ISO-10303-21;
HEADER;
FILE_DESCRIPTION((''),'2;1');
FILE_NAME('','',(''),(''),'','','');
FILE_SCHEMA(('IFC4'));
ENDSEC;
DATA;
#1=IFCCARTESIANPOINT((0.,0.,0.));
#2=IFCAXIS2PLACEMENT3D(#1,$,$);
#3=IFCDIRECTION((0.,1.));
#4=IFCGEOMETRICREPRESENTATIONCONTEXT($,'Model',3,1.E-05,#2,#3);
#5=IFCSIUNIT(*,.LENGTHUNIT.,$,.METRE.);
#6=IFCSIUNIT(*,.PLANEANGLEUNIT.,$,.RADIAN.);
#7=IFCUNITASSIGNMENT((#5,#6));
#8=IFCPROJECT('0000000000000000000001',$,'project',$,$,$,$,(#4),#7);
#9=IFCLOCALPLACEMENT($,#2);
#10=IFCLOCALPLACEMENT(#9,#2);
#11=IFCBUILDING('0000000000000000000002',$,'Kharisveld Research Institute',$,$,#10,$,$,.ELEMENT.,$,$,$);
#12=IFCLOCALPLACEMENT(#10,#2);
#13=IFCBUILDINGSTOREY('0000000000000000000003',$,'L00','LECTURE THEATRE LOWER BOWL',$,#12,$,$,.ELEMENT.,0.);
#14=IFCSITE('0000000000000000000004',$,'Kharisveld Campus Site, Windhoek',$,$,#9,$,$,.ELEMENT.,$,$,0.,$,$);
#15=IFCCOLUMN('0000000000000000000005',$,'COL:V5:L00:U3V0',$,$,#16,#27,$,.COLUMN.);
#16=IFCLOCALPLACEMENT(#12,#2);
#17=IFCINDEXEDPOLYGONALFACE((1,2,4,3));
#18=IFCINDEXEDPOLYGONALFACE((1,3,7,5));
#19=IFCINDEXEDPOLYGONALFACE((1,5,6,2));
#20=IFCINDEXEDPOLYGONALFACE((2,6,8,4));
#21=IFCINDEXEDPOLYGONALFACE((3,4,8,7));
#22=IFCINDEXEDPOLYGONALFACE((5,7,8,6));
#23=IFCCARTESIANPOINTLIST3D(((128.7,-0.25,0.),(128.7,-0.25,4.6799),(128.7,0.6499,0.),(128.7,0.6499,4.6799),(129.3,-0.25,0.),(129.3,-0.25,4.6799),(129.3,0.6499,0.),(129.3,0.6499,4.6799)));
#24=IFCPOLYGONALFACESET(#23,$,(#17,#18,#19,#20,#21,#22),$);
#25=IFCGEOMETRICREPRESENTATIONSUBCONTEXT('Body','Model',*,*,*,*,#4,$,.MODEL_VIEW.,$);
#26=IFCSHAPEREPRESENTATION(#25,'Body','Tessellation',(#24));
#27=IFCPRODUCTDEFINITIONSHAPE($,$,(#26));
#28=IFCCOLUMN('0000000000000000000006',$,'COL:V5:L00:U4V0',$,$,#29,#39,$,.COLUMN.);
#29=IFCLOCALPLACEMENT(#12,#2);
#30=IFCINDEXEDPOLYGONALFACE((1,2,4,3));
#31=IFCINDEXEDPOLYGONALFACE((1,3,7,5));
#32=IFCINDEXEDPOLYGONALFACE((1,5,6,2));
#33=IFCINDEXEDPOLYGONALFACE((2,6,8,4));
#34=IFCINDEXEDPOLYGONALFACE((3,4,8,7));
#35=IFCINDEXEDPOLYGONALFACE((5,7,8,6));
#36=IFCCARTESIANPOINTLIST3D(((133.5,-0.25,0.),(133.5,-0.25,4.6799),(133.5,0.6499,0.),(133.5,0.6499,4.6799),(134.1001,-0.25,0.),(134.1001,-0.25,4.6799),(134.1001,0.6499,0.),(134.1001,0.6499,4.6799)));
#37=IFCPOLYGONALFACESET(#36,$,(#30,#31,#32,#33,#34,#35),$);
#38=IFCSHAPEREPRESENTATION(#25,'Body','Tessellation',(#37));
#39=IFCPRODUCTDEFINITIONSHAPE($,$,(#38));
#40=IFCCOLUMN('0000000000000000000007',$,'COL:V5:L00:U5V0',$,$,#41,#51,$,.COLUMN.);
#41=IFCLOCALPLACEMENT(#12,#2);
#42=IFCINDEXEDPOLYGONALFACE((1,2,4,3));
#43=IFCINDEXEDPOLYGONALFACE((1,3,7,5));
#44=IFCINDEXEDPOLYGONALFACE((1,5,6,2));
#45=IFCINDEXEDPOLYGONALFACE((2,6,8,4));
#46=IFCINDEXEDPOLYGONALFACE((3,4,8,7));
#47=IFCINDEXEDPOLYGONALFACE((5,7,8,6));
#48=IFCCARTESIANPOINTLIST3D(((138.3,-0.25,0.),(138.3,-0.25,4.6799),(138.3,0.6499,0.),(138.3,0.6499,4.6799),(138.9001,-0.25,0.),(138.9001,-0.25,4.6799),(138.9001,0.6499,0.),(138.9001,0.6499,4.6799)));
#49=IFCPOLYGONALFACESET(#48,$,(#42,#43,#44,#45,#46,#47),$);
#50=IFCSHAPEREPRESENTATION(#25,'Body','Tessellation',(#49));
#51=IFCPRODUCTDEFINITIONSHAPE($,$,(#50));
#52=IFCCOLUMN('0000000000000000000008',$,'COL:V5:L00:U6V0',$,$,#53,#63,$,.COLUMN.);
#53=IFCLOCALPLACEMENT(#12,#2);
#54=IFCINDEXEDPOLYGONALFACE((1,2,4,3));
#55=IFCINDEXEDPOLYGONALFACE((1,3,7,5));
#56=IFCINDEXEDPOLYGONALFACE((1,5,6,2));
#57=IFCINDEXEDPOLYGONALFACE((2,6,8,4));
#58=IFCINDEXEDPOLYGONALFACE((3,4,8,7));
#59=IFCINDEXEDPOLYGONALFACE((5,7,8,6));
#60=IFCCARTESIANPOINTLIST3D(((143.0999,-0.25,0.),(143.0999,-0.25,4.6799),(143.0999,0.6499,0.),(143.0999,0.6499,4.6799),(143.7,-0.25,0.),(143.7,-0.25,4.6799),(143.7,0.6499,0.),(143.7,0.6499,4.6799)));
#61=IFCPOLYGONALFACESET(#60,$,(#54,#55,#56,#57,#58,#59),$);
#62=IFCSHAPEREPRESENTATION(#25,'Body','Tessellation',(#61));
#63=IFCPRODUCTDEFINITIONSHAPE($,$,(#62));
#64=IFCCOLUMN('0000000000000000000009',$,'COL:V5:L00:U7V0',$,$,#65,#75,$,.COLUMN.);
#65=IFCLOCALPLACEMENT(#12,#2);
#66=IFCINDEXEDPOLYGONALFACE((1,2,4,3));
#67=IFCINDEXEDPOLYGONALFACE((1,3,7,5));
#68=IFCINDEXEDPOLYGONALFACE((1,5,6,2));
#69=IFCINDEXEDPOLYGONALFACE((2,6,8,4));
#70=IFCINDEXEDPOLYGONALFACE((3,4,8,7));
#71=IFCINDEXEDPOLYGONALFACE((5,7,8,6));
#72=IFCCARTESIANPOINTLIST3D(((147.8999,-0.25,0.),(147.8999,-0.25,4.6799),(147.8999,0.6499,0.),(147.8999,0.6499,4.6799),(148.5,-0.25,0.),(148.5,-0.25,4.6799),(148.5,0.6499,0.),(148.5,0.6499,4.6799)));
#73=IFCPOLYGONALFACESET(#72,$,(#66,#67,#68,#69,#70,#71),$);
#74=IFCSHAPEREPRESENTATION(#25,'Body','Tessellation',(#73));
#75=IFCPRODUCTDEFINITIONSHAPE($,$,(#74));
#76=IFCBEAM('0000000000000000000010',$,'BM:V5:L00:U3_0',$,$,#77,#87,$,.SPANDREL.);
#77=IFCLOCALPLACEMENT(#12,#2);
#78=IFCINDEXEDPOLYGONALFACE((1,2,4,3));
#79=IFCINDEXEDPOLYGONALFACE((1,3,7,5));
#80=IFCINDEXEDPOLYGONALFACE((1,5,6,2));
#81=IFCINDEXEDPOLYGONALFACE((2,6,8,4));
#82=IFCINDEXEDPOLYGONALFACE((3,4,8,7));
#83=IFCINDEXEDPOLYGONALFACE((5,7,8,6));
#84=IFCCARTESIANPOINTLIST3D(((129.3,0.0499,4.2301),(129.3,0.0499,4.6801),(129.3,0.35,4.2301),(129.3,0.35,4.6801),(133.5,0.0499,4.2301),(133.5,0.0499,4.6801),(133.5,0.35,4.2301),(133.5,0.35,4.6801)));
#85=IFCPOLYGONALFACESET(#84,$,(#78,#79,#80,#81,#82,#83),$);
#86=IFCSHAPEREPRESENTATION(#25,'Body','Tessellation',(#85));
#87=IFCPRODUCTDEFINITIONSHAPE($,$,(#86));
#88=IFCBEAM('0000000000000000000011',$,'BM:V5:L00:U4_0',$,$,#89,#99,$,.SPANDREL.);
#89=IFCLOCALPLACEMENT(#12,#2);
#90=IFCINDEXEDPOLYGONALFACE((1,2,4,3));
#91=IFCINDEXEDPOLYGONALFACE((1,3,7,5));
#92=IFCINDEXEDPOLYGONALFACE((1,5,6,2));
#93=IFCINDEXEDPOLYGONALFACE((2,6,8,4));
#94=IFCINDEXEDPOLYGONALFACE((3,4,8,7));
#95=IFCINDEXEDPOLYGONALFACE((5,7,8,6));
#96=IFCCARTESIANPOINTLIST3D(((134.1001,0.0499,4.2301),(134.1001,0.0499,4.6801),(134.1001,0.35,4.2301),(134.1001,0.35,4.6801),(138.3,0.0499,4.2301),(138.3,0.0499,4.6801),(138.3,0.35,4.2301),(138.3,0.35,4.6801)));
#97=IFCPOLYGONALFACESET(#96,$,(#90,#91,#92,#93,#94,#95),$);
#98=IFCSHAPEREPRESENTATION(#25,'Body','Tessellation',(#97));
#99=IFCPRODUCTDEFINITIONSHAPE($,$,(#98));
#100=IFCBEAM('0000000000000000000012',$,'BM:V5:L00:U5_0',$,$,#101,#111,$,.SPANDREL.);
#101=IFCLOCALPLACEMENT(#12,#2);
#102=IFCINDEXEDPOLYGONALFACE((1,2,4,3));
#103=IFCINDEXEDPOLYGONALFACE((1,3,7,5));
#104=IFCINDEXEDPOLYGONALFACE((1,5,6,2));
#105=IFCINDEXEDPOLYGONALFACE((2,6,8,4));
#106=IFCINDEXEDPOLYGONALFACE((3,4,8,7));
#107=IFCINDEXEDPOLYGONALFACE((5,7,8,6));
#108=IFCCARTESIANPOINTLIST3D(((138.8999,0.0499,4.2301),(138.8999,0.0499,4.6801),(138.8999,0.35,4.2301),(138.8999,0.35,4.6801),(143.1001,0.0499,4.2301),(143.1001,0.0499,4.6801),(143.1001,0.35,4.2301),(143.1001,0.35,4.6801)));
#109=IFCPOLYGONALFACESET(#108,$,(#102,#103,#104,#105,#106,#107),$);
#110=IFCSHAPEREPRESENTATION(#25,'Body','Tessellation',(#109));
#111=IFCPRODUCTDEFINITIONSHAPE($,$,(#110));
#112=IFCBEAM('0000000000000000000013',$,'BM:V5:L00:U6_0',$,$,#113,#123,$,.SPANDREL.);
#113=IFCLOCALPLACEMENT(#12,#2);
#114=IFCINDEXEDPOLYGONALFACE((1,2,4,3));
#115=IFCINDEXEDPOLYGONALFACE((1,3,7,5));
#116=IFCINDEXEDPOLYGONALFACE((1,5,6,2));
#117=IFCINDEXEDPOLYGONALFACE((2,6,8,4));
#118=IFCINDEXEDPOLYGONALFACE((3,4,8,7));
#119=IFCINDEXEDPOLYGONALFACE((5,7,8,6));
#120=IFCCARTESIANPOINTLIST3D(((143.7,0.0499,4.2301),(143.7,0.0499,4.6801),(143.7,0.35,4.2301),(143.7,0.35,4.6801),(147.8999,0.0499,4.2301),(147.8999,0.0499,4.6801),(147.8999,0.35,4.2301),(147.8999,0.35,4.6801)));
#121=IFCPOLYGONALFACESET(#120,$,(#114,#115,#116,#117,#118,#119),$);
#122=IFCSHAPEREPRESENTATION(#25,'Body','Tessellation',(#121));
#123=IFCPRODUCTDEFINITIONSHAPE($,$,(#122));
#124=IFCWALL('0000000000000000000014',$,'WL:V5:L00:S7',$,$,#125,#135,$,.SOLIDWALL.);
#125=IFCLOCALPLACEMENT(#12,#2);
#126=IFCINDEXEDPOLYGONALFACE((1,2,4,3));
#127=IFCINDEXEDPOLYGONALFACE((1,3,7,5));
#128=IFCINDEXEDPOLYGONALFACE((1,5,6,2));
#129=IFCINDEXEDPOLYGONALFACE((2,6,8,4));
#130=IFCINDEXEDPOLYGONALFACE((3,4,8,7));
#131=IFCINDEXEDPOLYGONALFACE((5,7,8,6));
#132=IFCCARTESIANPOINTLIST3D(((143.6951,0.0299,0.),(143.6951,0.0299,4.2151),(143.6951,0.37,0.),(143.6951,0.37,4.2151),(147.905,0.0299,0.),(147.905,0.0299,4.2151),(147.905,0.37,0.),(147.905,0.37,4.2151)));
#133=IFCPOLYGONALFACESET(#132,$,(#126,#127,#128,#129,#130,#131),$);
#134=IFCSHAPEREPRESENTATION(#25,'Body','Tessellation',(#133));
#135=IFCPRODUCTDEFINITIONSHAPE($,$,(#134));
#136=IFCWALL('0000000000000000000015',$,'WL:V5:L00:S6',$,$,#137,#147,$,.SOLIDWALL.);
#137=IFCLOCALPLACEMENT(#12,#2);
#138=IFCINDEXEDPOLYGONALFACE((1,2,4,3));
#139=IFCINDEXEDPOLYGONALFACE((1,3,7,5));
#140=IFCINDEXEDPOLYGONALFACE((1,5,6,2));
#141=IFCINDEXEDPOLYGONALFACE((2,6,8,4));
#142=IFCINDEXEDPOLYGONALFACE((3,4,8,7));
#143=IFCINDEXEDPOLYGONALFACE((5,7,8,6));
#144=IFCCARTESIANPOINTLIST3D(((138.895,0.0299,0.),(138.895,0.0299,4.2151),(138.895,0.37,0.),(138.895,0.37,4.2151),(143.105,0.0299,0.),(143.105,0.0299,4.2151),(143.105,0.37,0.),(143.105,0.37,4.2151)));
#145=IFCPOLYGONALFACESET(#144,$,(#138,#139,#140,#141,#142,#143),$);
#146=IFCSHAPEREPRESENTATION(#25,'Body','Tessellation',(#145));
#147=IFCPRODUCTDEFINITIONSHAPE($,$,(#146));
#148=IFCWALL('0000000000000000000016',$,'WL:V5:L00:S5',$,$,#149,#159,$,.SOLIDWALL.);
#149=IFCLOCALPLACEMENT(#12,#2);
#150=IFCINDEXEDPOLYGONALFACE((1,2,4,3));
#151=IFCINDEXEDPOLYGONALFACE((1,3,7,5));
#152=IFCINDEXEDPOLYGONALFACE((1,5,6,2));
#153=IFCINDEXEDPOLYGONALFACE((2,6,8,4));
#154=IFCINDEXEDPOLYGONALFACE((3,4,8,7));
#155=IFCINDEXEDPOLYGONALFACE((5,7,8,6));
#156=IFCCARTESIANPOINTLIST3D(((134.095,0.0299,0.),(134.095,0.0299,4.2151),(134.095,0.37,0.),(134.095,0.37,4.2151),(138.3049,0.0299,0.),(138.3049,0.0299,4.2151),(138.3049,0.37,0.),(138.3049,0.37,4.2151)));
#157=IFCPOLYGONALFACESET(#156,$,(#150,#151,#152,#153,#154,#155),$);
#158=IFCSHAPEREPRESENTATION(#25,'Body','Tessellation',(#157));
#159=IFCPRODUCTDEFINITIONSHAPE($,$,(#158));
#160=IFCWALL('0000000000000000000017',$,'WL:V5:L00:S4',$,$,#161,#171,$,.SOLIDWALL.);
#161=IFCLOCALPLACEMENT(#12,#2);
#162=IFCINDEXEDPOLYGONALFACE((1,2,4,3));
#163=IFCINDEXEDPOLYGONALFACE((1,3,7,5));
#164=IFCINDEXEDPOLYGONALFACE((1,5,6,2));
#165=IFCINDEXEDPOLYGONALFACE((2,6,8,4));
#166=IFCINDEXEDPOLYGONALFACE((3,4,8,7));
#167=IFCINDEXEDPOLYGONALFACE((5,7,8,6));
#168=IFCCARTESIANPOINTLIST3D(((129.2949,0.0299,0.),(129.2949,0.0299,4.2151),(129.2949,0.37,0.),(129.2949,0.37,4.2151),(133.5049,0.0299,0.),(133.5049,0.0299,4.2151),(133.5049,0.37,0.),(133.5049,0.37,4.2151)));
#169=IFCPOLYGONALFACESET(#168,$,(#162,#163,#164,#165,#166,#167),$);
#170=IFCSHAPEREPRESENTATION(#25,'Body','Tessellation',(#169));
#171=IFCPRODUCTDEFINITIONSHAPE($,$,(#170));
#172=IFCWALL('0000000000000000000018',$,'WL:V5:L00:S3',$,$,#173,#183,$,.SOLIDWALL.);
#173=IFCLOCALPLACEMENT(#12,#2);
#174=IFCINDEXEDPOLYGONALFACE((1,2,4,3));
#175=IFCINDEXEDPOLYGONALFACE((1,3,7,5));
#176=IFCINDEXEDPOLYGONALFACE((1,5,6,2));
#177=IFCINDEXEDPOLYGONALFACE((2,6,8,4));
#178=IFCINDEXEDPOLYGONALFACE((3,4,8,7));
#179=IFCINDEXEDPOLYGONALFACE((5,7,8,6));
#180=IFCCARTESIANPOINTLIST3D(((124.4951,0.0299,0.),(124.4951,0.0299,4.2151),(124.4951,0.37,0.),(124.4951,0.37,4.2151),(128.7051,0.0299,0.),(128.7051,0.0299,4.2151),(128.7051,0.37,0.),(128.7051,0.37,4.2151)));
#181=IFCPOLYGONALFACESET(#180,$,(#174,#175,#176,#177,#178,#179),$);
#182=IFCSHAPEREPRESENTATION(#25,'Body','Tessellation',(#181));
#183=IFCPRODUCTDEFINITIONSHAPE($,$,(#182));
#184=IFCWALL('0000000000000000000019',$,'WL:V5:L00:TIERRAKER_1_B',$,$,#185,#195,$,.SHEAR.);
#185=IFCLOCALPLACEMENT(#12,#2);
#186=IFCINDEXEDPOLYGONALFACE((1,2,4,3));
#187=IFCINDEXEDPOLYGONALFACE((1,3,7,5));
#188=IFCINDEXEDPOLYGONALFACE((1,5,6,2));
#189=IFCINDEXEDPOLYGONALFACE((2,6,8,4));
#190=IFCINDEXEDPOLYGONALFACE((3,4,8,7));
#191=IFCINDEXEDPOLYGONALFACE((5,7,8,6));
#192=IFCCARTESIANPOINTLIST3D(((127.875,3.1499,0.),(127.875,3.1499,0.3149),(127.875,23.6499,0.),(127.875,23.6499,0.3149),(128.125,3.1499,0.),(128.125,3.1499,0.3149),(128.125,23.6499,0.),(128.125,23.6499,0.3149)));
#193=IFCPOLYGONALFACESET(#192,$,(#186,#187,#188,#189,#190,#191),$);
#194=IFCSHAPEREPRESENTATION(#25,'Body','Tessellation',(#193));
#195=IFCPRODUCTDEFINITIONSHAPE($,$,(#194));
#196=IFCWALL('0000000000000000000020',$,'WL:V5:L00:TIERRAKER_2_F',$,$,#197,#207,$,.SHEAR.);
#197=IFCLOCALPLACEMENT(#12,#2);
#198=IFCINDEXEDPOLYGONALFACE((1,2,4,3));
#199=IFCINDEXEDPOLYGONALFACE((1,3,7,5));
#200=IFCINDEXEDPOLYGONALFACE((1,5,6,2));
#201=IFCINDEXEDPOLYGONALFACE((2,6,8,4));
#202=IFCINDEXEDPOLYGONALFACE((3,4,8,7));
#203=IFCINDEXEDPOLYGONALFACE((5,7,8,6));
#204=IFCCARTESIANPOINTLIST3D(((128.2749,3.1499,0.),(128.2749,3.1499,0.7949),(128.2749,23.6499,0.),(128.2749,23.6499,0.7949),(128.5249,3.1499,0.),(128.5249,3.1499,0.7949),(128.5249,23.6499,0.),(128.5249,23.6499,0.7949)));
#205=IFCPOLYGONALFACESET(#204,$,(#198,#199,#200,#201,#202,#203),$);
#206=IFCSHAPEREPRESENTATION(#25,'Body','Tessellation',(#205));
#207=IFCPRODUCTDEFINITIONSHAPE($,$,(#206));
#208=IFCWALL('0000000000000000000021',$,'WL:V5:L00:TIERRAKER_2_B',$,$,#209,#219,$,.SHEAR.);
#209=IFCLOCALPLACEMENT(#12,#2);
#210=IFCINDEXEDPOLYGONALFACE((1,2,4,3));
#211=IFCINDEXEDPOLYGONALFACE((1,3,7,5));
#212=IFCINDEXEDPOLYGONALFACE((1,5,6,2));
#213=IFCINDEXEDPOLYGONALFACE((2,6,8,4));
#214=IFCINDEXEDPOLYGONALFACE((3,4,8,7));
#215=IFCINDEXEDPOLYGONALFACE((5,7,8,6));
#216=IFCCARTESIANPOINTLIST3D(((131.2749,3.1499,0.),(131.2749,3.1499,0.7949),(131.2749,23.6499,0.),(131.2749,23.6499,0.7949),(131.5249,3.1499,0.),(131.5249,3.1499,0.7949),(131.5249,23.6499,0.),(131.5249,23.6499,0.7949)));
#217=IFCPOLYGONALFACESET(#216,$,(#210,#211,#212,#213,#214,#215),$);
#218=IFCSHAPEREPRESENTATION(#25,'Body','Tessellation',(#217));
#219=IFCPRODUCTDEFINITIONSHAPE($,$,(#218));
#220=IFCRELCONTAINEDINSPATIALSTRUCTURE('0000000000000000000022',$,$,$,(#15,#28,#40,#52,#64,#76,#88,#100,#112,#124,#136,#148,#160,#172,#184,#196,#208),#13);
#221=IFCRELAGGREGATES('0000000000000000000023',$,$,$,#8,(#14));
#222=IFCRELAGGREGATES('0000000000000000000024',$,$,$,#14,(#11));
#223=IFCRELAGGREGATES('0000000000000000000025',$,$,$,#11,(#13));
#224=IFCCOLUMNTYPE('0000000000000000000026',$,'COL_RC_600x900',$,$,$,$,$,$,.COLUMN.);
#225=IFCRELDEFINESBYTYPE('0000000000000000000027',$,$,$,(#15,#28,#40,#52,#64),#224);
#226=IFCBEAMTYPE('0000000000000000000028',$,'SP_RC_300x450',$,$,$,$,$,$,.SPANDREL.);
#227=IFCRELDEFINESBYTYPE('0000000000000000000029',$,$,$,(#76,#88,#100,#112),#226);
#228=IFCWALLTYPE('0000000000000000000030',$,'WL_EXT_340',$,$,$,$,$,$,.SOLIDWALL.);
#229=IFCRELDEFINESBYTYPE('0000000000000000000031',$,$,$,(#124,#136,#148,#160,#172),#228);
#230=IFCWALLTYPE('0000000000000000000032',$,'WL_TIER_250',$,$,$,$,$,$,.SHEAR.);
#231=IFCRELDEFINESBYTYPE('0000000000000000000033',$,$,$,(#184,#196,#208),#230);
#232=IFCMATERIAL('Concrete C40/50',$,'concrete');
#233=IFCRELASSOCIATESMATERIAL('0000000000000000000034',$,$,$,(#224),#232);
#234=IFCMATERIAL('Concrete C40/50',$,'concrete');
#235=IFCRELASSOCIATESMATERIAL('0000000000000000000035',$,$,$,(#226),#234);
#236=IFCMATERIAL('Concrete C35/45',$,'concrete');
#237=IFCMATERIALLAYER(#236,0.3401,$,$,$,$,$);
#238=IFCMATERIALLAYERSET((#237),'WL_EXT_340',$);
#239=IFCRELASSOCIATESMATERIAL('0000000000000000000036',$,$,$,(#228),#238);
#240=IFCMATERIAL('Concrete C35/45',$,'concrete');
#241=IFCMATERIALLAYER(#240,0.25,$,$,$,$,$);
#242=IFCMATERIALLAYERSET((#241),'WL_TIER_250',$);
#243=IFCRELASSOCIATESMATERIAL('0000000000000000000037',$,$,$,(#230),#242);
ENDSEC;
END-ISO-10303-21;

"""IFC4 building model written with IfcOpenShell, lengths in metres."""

from ifc_helpers import new_model, si_unit, direction, frame, frame_2d, origin, origin_2d, place, context, subcontext, project, spatial, rectangle, extrude, material, layer, layer_set, material_profile, profile_set, type_object, element, save


model = new_model("IFC4")

# Units and contexts
model_context = context("Model", 3, precision=1e-05, world=origin(), true_north=direction((0.0, 1.0)))
body_context = subcontext(model_context, "Body", "Model", "MODEL_VIEW")
ifc_project = project(units=[si_unit("LENGTHUNIT", "METRE"), si_unit("PLANEANGLEUNIT", "RADIAN")], contexts=[model_context])

# Site, building, storey
site_placement = place(None, origin())
site = spatial("IfcSite", under=ifc_project, at=site_placement, Name="Kharisveld Campus Site, Windhoek", CompositionType="ELEMENT", RefElevation=0.0)
building_placement = place(site_placement, origin())
building = spatial("IfcBuilding", under=site, at=building_placement, Name="Kharisveld Research Institute", CompositionType="ELEMENT")
storey_placement = place(building_placement, origin())
storey = spatial("IfcBuildingStorey", under=building, at=storey_placement, Name="L00", Description="LECTURE THEATRE LOWER BOWL", CompositionType="ELEMENT", Elevation=0.0)

# Columns
ifc_material_1 = material(Name="Concrete C40/50", Category="concrete")
ifc_material_profile_1 = material_profile(ifc_material_1, rectangle(XDim=0.6001, YDim=0.8999, at=origin_2d()))
ifc_profile_set_1 = profile_set([ifc_material_profile_1], Name="Concrete C40/50")
column_type = type_object("IfcColumnType", Name="COL_RC_600x900", PredefinedType="COLUMN", material=ifc_profile_set_1)
for number, where, z_axis, x_axis, name in (
    (1, (129.0, 0.2, 0.0), (0.0, 0.0, 1.0), (1.0, 0.0, 0.0), "COL:V5:L00:U3V0"),
    (2, (133.8, 0.2, 0.0), (0.0, 0.0, 1.0), (1.0, 0.0, 0.0), "COL:V5:L00:U4V0"),
    (3, (138.6001, 0.2, 0.0), (0.0, 0.0, 1.0), (1.0, 0.0, 0.0), "COL:V5:L00:U5V0"),
    (4, (143.3999, 0.2, 0.0), (0.0, 0.0, 1.0), (1.0, 0.0, 0.0), "COL:V5:L00:U6V0"),
    (5, (148.2, 0.2, 0.0), (0.0, 0.0, 1.0), (1.0, 0.0, 0.0), "COL:V5:L00:U7V0"),
):
    element("IfcColumn", number, at=place(storey_placement, frame(where, z_axis=z_axis, x_axis=x_axis)), inside=storey, type_object=column_type, Name=name, PredefinedType="COLUMN", context=body_context, shape_type="SweptSolid", body=[
        extrude(rectangle(XDim=0.6001, YDim=0.8999, at=origin_2d()), origin(), (0.0, 0.0, 1.0), 4.6799),
    ])

# Beams
ifc_material_2 = material(Name="Concrete C40/50", Category="concrete")
ifc_material_profile_2 = material_profile(ifc_material_2, rectangle(XDim=0.3, YDim=0.45, at=origin_2d()))
ifc_profile_set_2 = profile_set([ifc_material_profile_2], Name="Concrete C40/50")
beam_type = type_object("IfcBeamType", Name="SP_RC_300x450", PredefinedType="SPANDREL", material=ifc_profile_set_2)
for number, where, z_axis, x_axis, name in (
    (6, (129.3, 0.2, 4.4551), (1.0, 0.0, 0.0), (0.0, 1.0, 0.0), "BM:V5:L00:U3_0"),
    (7, (134.1001, 0.2, 4.4551), (1.0, 0.0, 0.0), (0.0, 1.0, 0.0), "BM:V5:L00:U4_0"),
):
    element("IfcBeam", number, at=place(storey_placement, frame(where, z_axis=z_axis, x_axis=x_axis)), inside=storey, type_object=beam_type, Name=name, PredefinedType="SPANDREL", context=body_context, shape_type="SweptSolid", body=[
        extrude(rectangle(XDim=0.3, YDim=0.45, at=origin_2d()), origin(), (0.0, 0.0, 1.0), 4.2),
    ])
beam_1_placement = place(storey_placement, frame((138.8999, 0.2, 4.4551), z_axis=(1.0, 0.0, 0.0), x_axis=(0.0, 1.0, 0.0)))
element("IfcBeam", 8, at=beam_1_placement, inside=storey, type_object=beam_type, Name="BM:V5:L00:U5_0", PredefinedType="SPANDREL", context=body_context, shape_type="SweptSolid", body=[
    extrude(rectangle(XDim=0.3, YDim=0.45, at=origin_2d()), origin(), (0.0, 0.0, 1.0), 4.2002),
])
beam_2_placement = place(storey_placement, frame((143.7, 0.2, 4.4551), z_axis=(1.0, 0.0, 0.0), x_axis=(0.0, 1.0, 0.0)))
element("IfcBeam", 9, at=beam_2_placement, inside=storey, type_object=beam_type, Name="BM:V5:L00:U6_0", PredefinedType="SPANDREL", context=body_context, shape_type="SweptSolid", body=[
    extrude(rectangle(XDim=0.3, YDim=0.45, at=origin_2d()), origin(), (0.0, 0.0, 1.0), 4.2),
])

# Walls
ifc_material_3 = material(Name="Concrete C35/45", Category="concrete")
ifc_layer_1 = layer(ifc_material_3, 0.3401)
ifc_layer_set_1 = layer_set([ifc_layer_1], Name="WL_EXT_340")
wall_type_1 = type_object("IfcWallType", Name="WL_EXT_340", PredefinedType="SOLIDWALL", material=ifc_layer_set_1)
for number, where, z_axis, x_axis, name in (
    (10, (147.905, 0.2, 0.0), (0.0, 0.0, 1.0), (-1.0, 0.0, 0.0), "WL:V5:L00:S7"),
    (11, (143.105, 0.2, 0.0), (0.0, 0.0, 1.0), (-1.0, 0.0, 0.0), "WL:V5:L00:S6"),
    (12, (138.3049, 0.2, 0.0), (0.0, 0.0, 1.0), (-1.0, 0.0, 0.0), "WL:V5:L00:S5"),
    (13, (133.5049, 0.2, 0.0), (0.0, 0.0, 1.0), (-1.0, 0.0, 0.0), "WL:V5:L00:S4"),
    (14, (128.7051, 0.2, 0.0), (0.0, 0.0, 1.0), (-1.0, 0.0, 0.0), "WL:V5:L00:S3"),
):
    element("IfcWall", number, at=place(storey_placement, frame(where, z_axis=z_axis, x_axis=x_axis)), inside=storey, type_object=wall_type_1, Name=name, PredefinedType="SOLIDWALL", context=body_context, shape_type="SweptSolid", body=[
        extrude(rectangle(XDim=4.21, YDim=0.3401, at=frame_2d((2.105, 0.0))), origin(), (0.0, 0.0, 1.0), 4.2151),
    ])
ifc_material_4 = material(Name="Concrete C35/45", Category="concrete")
ifc_layer_2 = layer(ifc_material_4, 0.25)
ifc_layer_set_2 = layer_set([ifc_layer_2], Name="WL_TIER_250")
wall_type_2 = type_object("IfcWallType", Name="WL_TIER_250", PredefinedType="SHEAR", material=ifc_layer_set_2)
wall_1_placement = place(storey_placement, frame((128.0, 3.1499, 0.0), z_axis=(0.0, 0.0, 1.0), x_axis=(0.0, 1.0, 0.0)))
element("IfcWall", 15, at=wall_1_placement, inside=storey, type_object=wall_type_2, Name="WL:V5:L00:TIERRAKER_1_B", PredefinedType="SHEAR", context=body_context, shape_type="SweptSolid", body=[
    extrude(rectangle(XDim=20.5, YDim=0.25, at=frame_2d((10.25, 0.0))), origin(), (0.0, 0.0, 1.0), 0.3149),
])
for number, where, z_axis, x_axis, name in (
    (16, (128.3999, 3.1499, 0.0), (0.0, 0.0, 1.0), (0.0, 1.0, 0.0), "WL:V5:L00:TIERRAKER_2_F"),
    (17, (131.3999, 3.1499, 0.0), (0.0, 0.0, 1.0), (0.0, 1.0, 0.0), "WL:V5:L00:TIERRAKER_2_B"),
):
    element("IfcWall", number, at=place(storey_placement, frame(where, z_axis=z_axis, x_axis=x_axis)), inside=storey, type_object=wall_type_2, Name=name, PredefinedType="SHEAR", context=body_context, shape_type="SweptSolid", body=[
        extrude(rectangle(XDim=20.5, YDim=0.25, at=frame_2d((10.25, 0.0))), origin(), (0.0, 0.0, 1.0), 0.7949),
    ])

save(model, "model.ifc")
